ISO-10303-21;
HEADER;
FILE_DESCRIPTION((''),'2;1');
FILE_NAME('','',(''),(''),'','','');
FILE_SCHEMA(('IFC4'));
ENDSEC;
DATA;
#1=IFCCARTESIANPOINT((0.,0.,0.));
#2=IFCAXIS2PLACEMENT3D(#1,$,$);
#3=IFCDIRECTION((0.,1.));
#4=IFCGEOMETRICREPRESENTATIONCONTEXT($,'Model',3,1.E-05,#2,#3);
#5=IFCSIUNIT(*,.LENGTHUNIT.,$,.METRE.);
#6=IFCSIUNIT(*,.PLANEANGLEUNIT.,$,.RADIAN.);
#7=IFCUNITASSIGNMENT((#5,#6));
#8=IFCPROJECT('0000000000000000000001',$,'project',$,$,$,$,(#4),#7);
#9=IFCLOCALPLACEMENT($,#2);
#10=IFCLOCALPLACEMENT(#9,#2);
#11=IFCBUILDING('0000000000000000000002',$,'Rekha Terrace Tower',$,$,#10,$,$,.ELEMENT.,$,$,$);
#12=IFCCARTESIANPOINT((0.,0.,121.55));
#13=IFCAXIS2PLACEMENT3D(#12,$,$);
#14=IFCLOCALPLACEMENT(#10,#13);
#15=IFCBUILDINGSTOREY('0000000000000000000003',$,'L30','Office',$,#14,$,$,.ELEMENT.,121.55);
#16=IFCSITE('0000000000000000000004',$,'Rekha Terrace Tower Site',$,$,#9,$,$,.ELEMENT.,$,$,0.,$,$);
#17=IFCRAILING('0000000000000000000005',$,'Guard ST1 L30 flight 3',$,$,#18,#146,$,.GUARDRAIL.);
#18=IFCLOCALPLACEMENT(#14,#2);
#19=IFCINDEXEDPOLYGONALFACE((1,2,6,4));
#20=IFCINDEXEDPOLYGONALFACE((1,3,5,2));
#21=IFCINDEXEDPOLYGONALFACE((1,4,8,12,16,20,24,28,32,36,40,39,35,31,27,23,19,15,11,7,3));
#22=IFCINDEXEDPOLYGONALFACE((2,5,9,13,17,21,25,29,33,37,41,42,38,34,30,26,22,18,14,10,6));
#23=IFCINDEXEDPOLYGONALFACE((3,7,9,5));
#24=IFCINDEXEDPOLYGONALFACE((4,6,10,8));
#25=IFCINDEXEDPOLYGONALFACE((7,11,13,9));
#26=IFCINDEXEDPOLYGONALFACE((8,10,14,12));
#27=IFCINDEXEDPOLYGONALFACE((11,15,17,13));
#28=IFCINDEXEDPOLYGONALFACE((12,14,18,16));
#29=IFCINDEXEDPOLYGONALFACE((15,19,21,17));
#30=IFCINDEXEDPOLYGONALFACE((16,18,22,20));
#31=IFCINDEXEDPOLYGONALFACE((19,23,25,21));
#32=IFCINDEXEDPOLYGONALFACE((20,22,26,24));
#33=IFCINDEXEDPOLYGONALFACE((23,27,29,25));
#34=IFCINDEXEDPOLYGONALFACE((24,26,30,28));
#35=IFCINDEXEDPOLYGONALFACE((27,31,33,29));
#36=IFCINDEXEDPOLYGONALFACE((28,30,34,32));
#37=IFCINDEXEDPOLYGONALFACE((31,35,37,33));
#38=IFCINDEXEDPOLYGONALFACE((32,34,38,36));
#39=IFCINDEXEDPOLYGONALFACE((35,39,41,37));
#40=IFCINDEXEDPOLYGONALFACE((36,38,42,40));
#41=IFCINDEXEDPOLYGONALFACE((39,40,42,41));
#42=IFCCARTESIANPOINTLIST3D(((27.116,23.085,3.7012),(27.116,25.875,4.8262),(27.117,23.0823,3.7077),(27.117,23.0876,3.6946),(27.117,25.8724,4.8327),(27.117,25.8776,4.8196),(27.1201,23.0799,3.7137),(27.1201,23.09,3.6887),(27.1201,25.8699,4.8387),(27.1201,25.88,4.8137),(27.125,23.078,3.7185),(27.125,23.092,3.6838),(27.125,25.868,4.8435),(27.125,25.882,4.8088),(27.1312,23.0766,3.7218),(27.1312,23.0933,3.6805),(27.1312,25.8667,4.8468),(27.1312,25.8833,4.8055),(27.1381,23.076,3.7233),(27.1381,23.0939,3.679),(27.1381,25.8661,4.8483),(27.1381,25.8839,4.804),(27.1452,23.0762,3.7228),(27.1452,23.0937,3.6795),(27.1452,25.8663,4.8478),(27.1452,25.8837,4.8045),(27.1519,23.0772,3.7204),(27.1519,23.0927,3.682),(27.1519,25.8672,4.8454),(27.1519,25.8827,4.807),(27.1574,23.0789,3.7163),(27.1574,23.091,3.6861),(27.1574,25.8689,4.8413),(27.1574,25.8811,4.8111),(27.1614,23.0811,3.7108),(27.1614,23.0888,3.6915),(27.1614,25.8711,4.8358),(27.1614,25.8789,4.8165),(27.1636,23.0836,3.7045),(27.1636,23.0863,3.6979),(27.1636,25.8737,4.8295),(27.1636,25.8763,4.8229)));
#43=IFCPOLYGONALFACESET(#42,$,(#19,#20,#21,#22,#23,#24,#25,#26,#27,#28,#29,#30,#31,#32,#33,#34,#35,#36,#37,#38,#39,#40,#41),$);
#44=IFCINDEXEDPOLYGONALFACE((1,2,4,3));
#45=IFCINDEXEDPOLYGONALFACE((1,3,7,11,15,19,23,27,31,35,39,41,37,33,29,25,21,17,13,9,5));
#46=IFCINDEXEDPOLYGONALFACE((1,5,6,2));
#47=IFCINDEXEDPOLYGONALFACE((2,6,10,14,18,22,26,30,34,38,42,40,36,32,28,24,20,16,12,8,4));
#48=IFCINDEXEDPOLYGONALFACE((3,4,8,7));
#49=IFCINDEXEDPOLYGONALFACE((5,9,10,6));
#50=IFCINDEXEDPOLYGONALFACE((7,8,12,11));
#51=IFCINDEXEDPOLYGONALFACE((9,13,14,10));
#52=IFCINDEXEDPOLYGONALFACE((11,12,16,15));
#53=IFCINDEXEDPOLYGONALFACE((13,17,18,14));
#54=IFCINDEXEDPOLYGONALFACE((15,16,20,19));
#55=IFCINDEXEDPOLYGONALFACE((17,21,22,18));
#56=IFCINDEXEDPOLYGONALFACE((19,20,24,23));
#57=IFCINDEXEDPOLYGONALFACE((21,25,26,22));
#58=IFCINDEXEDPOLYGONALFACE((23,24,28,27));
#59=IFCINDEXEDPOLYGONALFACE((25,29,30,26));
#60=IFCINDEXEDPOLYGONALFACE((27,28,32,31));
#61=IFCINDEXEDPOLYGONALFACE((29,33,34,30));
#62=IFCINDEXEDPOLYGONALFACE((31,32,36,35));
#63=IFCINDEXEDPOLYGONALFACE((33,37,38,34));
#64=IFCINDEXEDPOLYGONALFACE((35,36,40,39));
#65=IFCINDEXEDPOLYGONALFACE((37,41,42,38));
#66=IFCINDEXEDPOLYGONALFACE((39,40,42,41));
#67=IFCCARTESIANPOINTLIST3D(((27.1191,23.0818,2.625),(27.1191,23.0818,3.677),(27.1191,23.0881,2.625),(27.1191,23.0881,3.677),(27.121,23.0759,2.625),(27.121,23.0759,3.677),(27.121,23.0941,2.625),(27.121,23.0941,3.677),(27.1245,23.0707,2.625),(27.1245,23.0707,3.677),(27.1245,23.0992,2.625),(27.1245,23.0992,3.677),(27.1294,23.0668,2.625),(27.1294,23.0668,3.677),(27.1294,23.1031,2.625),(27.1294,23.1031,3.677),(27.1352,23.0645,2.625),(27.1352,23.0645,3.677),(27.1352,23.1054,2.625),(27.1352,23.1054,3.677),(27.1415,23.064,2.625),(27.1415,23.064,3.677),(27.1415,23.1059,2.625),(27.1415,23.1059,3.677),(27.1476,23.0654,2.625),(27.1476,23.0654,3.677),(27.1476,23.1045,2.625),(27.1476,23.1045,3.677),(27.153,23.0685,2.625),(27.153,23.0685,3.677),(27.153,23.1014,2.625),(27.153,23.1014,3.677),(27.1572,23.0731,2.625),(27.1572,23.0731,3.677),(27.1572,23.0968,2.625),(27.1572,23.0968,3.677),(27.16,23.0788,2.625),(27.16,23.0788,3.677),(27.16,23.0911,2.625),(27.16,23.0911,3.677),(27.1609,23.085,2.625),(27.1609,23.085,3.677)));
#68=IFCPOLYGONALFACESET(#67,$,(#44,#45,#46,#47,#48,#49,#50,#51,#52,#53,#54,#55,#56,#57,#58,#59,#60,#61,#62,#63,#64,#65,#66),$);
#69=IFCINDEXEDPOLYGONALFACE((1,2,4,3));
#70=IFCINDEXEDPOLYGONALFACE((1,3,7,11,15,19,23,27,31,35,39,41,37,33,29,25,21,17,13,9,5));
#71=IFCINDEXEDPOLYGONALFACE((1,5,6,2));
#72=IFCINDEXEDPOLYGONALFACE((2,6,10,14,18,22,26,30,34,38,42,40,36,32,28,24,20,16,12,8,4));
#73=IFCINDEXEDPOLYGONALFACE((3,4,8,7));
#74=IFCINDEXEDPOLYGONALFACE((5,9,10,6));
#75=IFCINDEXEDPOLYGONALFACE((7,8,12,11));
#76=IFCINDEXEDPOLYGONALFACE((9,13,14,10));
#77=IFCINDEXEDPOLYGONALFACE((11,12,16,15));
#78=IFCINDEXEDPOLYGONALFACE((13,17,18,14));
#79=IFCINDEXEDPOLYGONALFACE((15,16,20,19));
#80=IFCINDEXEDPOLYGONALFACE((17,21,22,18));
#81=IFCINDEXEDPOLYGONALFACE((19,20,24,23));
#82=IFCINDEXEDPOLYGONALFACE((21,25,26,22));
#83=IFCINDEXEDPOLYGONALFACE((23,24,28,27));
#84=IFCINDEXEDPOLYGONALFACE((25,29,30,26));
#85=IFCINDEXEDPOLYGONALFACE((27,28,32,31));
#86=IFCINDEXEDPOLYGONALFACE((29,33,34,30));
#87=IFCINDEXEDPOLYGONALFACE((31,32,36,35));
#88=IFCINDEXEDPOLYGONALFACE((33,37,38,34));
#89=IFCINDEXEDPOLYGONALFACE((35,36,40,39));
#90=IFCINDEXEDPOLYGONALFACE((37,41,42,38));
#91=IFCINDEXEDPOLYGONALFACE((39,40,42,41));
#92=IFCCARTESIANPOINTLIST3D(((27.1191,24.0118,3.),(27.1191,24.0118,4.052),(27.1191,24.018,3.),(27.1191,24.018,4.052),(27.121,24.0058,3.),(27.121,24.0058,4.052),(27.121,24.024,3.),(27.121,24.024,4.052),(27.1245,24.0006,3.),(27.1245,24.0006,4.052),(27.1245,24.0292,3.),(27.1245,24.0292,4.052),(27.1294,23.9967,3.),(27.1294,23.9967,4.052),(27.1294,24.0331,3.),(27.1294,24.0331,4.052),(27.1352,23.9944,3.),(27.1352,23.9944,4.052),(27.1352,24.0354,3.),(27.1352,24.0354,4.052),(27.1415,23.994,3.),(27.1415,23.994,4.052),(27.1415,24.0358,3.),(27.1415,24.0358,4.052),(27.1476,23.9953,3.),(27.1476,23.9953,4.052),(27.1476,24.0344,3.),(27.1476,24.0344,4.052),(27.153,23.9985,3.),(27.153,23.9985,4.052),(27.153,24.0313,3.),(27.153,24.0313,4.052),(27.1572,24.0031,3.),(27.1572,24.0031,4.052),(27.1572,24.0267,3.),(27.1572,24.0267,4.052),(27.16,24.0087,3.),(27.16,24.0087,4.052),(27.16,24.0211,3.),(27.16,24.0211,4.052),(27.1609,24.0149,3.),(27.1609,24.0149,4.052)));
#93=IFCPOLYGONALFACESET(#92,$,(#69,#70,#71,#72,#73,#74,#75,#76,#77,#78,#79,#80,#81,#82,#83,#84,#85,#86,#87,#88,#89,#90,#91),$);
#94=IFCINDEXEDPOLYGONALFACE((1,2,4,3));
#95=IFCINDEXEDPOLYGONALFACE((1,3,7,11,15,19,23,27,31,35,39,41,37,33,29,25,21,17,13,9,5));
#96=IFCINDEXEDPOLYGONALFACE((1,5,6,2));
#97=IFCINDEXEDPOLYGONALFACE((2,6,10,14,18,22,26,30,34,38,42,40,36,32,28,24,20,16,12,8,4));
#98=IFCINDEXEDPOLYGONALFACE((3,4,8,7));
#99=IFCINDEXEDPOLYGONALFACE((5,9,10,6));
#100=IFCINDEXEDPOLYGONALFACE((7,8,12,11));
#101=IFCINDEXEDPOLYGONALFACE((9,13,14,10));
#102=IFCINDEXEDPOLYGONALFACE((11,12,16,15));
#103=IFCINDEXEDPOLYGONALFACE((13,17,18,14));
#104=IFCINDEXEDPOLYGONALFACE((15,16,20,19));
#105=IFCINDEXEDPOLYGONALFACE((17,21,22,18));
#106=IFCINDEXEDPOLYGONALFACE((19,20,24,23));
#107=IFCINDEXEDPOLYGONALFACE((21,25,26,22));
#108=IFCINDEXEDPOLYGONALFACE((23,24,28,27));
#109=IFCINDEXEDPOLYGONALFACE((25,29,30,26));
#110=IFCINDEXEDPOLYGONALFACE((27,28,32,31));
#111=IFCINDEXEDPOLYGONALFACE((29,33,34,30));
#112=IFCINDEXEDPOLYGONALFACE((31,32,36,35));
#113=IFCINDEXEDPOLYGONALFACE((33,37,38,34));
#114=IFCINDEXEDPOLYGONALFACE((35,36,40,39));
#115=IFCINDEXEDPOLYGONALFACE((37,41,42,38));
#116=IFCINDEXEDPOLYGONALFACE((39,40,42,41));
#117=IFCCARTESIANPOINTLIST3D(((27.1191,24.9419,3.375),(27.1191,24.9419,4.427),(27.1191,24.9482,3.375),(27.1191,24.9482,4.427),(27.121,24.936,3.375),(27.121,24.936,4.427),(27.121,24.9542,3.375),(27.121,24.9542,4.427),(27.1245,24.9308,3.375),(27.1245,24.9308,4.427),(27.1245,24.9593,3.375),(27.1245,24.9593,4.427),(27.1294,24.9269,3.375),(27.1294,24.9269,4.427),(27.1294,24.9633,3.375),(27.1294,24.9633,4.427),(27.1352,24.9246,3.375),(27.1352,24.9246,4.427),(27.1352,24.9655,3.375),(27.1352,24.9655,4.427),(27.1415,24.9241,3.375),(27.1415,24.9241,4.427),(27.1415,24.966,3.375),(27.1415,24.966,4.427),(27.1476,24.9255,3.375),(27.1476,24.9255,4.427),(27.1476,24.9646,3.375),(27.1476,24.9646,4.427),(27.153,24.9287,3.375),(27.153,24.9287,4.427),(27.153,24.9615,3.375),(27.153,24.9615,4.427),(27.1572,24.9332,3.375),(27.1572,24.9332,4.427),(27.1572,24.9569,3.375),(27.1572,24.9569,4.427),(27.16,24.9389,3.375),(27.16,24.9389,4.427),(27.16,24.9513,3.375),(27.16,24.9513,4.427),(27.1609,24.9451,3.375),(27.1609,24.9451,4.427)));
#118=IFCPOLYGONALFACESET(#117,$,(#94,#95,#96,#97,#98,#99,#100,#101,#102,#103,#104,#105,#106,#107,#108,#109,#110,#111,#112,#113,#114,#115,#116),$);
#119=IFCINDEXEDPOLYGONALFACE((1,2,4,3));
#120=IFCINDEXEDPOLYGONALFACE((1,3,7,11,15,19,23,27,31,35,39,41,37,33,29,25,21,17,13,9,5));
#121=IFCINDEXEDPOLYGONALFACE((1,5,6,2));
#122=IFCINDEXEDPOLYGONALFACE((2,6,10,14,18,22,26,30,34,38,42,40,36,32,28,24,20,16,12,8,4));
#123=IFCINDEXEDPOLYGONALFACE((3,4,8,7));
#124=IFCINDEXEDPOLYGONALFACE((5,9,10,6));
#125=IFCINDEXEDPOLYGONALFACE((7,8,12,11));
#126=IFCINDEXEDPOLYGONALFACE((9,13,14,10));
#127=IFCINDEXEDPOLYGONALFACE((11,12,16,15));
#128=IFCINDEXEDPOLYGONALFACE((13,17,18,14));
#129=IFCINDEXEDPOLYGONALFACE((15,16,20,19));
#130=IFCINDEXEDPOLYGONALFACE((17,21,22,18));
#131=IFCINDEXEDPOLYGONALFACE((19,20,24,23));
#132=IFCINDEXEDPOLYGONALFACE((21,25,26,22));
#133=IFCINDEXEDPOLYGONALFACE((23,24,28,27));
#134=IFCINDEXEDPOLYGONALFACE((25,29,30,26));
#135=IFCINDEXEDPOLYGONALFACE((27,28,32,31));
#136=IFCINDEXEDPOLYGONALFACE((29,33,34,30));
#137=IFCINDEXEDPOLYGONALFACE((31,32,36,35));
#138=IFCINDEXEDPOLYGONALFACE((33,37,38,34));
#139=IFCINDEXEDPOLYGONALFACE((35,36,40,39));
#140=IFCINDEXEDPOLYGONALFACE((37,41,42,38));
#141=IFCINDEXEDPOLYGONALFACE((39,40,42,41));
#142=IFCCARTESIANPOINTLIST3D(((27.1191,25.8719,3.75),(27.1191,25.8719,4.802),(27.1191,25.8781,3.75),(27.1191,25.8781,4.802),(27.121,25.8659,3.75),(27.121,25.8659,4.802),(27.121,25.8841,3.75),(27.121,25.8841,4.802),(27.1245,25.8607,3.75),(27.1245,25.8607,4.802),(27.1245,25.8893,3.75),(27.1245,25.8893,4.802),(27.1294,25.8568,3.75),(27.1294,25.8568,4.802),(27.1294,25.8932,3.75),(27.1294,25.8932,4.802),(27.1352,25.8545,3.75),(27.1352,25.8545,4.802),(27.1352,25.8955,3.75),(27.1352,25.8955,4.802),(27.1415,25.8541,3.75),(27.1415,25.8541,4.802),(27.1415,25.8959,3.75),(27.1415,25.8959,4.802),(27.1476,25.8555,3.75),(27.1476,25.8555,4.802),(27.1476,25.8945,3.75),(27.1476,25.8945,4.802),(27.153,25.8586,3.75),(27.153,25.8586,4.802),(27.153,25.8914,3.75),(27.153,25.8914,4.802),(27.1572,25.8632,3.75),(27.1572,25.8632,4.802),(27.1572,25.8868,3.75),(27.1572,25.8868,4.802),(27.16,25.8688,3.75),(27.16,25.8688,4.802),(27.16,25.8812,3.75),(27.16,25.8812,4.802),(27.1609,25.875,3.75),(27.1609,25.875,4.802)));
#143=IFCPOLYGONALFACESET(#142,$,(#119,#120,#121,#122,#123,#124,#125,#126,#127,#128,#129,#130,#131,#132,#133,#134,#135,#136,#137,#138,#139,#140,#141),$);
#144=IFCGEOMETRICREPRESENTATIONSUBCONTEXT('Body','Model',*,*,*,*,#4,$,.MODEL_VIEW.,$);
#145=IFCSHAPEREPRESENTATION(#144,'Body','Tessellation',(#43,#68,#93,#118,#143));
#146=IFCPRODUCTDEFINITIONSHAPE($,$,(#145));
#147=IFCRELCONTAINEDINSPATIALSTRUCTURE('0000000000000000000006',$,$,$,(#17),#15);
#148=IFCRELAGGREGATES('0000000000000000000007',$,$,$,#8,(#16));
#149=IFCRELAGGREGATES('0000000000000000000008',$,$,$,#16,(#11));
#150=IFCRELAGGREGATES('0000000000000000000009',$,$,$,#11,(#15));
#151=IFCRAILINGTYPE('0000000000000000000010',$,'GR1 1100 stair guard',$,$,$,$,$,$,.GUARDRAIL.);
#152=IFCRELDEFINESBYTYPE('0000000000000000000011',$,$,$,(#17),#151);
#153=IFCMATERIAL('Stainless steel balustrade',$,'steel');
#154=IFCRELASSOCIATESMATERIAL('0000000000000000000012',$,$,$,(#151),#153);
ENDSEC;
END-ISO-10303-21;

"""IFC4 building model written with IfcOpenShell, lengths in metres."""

from ifc_helpers import new_model, si_unit, direction, frame, origin, origin_2d, place, context, subcontext, project, spatial, circle, extrude, material, type_object, element, save


model = new_model("IFC4")

# Units and contexts
model_context = context("Model", 3, precision=1e-05, world=origin(), true_north=direction((0.0, 1.0)))
body_context = subcontext(model_context, "Body", "Model", "MODEL_VIEW")
ifc_project = project(units=[si_unit("LENGTHUNIT", "METRE"), si_unit("PLANEANGLEUNIT", "RADIAN")], contexts=[model_context])

# Site, building, storey
site_placement = place(None, origin())
site = spatial("IfcSite", under=ifc_project, at=site_placement, Name="Rekha Terrace Tower Site", CompositionType="ELEMENT", RefElevation=0.0)
building_placement = place(site_placement, origin())
building = spatial("IfcBuilding", under=site, at=building_placement, Name="Rekha Terrace Tower", CompositionType="ELEMENT")
storey_placement = place(building_placement, frame((0.0, 0.0, 121.55)))
storey = spatial("IfcBuildingStorey", under=building, at=storey_placement, Name="L30", Description="Office", CompositionType="ELEMENT", Elevation=121.55)

# Railing
ifc_material_1 = material(Name="Stainless steel balustrade", Category="steel")
railing_type_1 = type_object("IfcRailingType", Name="GR1 1100 stair guard", PredefinedType="GUARDRAIL", material=ifc_material_1)
railing_1_placement = place(storey_placement, frame((27.1399, 23.085, 2.625)))
element("IfcRailing", 1, at=railing_1_placement, inside=storey, type_object=railing_type_1, Name="Guard ST1 L30 flight 3", PredefinedType="GUARDRAIL", context=body_context, shape_type="SweptSolid", body=[
    extrude(circle(Radius=0.0239, at=origin_2d()), frame((0.0, 0.0, 1.0762), z_axis=(0.0, 0.927443, 0.373964), x_axis=(-1.0, 0.0, 0.0)), (0.0, 0.0, 1.0), 3.0083),
    extrude(circle(Radius=0.021, at=origin_2d()), origin(), (0.0, 0.0, 1.0), 1.052),
    extrude(circle(Radius=0.021, at=origin_2d()), frame((0.0, 0.9299, 0.375)), (0.0, 0.0, 1.0), 1.052),
    extrude(circle(Radius=0.021, at=origin_2d()), frame((0.0, 1.8601, 0.75)), (0.0, 0.0, 1.0), 1.052),
    extrude(circle(Radius=0.021, at=origin_2d()), frame((0.0, 2.79, 1.125)), (0.0, 0.0, 1.0), 1.052),
])

save(model, "model.ifc")
